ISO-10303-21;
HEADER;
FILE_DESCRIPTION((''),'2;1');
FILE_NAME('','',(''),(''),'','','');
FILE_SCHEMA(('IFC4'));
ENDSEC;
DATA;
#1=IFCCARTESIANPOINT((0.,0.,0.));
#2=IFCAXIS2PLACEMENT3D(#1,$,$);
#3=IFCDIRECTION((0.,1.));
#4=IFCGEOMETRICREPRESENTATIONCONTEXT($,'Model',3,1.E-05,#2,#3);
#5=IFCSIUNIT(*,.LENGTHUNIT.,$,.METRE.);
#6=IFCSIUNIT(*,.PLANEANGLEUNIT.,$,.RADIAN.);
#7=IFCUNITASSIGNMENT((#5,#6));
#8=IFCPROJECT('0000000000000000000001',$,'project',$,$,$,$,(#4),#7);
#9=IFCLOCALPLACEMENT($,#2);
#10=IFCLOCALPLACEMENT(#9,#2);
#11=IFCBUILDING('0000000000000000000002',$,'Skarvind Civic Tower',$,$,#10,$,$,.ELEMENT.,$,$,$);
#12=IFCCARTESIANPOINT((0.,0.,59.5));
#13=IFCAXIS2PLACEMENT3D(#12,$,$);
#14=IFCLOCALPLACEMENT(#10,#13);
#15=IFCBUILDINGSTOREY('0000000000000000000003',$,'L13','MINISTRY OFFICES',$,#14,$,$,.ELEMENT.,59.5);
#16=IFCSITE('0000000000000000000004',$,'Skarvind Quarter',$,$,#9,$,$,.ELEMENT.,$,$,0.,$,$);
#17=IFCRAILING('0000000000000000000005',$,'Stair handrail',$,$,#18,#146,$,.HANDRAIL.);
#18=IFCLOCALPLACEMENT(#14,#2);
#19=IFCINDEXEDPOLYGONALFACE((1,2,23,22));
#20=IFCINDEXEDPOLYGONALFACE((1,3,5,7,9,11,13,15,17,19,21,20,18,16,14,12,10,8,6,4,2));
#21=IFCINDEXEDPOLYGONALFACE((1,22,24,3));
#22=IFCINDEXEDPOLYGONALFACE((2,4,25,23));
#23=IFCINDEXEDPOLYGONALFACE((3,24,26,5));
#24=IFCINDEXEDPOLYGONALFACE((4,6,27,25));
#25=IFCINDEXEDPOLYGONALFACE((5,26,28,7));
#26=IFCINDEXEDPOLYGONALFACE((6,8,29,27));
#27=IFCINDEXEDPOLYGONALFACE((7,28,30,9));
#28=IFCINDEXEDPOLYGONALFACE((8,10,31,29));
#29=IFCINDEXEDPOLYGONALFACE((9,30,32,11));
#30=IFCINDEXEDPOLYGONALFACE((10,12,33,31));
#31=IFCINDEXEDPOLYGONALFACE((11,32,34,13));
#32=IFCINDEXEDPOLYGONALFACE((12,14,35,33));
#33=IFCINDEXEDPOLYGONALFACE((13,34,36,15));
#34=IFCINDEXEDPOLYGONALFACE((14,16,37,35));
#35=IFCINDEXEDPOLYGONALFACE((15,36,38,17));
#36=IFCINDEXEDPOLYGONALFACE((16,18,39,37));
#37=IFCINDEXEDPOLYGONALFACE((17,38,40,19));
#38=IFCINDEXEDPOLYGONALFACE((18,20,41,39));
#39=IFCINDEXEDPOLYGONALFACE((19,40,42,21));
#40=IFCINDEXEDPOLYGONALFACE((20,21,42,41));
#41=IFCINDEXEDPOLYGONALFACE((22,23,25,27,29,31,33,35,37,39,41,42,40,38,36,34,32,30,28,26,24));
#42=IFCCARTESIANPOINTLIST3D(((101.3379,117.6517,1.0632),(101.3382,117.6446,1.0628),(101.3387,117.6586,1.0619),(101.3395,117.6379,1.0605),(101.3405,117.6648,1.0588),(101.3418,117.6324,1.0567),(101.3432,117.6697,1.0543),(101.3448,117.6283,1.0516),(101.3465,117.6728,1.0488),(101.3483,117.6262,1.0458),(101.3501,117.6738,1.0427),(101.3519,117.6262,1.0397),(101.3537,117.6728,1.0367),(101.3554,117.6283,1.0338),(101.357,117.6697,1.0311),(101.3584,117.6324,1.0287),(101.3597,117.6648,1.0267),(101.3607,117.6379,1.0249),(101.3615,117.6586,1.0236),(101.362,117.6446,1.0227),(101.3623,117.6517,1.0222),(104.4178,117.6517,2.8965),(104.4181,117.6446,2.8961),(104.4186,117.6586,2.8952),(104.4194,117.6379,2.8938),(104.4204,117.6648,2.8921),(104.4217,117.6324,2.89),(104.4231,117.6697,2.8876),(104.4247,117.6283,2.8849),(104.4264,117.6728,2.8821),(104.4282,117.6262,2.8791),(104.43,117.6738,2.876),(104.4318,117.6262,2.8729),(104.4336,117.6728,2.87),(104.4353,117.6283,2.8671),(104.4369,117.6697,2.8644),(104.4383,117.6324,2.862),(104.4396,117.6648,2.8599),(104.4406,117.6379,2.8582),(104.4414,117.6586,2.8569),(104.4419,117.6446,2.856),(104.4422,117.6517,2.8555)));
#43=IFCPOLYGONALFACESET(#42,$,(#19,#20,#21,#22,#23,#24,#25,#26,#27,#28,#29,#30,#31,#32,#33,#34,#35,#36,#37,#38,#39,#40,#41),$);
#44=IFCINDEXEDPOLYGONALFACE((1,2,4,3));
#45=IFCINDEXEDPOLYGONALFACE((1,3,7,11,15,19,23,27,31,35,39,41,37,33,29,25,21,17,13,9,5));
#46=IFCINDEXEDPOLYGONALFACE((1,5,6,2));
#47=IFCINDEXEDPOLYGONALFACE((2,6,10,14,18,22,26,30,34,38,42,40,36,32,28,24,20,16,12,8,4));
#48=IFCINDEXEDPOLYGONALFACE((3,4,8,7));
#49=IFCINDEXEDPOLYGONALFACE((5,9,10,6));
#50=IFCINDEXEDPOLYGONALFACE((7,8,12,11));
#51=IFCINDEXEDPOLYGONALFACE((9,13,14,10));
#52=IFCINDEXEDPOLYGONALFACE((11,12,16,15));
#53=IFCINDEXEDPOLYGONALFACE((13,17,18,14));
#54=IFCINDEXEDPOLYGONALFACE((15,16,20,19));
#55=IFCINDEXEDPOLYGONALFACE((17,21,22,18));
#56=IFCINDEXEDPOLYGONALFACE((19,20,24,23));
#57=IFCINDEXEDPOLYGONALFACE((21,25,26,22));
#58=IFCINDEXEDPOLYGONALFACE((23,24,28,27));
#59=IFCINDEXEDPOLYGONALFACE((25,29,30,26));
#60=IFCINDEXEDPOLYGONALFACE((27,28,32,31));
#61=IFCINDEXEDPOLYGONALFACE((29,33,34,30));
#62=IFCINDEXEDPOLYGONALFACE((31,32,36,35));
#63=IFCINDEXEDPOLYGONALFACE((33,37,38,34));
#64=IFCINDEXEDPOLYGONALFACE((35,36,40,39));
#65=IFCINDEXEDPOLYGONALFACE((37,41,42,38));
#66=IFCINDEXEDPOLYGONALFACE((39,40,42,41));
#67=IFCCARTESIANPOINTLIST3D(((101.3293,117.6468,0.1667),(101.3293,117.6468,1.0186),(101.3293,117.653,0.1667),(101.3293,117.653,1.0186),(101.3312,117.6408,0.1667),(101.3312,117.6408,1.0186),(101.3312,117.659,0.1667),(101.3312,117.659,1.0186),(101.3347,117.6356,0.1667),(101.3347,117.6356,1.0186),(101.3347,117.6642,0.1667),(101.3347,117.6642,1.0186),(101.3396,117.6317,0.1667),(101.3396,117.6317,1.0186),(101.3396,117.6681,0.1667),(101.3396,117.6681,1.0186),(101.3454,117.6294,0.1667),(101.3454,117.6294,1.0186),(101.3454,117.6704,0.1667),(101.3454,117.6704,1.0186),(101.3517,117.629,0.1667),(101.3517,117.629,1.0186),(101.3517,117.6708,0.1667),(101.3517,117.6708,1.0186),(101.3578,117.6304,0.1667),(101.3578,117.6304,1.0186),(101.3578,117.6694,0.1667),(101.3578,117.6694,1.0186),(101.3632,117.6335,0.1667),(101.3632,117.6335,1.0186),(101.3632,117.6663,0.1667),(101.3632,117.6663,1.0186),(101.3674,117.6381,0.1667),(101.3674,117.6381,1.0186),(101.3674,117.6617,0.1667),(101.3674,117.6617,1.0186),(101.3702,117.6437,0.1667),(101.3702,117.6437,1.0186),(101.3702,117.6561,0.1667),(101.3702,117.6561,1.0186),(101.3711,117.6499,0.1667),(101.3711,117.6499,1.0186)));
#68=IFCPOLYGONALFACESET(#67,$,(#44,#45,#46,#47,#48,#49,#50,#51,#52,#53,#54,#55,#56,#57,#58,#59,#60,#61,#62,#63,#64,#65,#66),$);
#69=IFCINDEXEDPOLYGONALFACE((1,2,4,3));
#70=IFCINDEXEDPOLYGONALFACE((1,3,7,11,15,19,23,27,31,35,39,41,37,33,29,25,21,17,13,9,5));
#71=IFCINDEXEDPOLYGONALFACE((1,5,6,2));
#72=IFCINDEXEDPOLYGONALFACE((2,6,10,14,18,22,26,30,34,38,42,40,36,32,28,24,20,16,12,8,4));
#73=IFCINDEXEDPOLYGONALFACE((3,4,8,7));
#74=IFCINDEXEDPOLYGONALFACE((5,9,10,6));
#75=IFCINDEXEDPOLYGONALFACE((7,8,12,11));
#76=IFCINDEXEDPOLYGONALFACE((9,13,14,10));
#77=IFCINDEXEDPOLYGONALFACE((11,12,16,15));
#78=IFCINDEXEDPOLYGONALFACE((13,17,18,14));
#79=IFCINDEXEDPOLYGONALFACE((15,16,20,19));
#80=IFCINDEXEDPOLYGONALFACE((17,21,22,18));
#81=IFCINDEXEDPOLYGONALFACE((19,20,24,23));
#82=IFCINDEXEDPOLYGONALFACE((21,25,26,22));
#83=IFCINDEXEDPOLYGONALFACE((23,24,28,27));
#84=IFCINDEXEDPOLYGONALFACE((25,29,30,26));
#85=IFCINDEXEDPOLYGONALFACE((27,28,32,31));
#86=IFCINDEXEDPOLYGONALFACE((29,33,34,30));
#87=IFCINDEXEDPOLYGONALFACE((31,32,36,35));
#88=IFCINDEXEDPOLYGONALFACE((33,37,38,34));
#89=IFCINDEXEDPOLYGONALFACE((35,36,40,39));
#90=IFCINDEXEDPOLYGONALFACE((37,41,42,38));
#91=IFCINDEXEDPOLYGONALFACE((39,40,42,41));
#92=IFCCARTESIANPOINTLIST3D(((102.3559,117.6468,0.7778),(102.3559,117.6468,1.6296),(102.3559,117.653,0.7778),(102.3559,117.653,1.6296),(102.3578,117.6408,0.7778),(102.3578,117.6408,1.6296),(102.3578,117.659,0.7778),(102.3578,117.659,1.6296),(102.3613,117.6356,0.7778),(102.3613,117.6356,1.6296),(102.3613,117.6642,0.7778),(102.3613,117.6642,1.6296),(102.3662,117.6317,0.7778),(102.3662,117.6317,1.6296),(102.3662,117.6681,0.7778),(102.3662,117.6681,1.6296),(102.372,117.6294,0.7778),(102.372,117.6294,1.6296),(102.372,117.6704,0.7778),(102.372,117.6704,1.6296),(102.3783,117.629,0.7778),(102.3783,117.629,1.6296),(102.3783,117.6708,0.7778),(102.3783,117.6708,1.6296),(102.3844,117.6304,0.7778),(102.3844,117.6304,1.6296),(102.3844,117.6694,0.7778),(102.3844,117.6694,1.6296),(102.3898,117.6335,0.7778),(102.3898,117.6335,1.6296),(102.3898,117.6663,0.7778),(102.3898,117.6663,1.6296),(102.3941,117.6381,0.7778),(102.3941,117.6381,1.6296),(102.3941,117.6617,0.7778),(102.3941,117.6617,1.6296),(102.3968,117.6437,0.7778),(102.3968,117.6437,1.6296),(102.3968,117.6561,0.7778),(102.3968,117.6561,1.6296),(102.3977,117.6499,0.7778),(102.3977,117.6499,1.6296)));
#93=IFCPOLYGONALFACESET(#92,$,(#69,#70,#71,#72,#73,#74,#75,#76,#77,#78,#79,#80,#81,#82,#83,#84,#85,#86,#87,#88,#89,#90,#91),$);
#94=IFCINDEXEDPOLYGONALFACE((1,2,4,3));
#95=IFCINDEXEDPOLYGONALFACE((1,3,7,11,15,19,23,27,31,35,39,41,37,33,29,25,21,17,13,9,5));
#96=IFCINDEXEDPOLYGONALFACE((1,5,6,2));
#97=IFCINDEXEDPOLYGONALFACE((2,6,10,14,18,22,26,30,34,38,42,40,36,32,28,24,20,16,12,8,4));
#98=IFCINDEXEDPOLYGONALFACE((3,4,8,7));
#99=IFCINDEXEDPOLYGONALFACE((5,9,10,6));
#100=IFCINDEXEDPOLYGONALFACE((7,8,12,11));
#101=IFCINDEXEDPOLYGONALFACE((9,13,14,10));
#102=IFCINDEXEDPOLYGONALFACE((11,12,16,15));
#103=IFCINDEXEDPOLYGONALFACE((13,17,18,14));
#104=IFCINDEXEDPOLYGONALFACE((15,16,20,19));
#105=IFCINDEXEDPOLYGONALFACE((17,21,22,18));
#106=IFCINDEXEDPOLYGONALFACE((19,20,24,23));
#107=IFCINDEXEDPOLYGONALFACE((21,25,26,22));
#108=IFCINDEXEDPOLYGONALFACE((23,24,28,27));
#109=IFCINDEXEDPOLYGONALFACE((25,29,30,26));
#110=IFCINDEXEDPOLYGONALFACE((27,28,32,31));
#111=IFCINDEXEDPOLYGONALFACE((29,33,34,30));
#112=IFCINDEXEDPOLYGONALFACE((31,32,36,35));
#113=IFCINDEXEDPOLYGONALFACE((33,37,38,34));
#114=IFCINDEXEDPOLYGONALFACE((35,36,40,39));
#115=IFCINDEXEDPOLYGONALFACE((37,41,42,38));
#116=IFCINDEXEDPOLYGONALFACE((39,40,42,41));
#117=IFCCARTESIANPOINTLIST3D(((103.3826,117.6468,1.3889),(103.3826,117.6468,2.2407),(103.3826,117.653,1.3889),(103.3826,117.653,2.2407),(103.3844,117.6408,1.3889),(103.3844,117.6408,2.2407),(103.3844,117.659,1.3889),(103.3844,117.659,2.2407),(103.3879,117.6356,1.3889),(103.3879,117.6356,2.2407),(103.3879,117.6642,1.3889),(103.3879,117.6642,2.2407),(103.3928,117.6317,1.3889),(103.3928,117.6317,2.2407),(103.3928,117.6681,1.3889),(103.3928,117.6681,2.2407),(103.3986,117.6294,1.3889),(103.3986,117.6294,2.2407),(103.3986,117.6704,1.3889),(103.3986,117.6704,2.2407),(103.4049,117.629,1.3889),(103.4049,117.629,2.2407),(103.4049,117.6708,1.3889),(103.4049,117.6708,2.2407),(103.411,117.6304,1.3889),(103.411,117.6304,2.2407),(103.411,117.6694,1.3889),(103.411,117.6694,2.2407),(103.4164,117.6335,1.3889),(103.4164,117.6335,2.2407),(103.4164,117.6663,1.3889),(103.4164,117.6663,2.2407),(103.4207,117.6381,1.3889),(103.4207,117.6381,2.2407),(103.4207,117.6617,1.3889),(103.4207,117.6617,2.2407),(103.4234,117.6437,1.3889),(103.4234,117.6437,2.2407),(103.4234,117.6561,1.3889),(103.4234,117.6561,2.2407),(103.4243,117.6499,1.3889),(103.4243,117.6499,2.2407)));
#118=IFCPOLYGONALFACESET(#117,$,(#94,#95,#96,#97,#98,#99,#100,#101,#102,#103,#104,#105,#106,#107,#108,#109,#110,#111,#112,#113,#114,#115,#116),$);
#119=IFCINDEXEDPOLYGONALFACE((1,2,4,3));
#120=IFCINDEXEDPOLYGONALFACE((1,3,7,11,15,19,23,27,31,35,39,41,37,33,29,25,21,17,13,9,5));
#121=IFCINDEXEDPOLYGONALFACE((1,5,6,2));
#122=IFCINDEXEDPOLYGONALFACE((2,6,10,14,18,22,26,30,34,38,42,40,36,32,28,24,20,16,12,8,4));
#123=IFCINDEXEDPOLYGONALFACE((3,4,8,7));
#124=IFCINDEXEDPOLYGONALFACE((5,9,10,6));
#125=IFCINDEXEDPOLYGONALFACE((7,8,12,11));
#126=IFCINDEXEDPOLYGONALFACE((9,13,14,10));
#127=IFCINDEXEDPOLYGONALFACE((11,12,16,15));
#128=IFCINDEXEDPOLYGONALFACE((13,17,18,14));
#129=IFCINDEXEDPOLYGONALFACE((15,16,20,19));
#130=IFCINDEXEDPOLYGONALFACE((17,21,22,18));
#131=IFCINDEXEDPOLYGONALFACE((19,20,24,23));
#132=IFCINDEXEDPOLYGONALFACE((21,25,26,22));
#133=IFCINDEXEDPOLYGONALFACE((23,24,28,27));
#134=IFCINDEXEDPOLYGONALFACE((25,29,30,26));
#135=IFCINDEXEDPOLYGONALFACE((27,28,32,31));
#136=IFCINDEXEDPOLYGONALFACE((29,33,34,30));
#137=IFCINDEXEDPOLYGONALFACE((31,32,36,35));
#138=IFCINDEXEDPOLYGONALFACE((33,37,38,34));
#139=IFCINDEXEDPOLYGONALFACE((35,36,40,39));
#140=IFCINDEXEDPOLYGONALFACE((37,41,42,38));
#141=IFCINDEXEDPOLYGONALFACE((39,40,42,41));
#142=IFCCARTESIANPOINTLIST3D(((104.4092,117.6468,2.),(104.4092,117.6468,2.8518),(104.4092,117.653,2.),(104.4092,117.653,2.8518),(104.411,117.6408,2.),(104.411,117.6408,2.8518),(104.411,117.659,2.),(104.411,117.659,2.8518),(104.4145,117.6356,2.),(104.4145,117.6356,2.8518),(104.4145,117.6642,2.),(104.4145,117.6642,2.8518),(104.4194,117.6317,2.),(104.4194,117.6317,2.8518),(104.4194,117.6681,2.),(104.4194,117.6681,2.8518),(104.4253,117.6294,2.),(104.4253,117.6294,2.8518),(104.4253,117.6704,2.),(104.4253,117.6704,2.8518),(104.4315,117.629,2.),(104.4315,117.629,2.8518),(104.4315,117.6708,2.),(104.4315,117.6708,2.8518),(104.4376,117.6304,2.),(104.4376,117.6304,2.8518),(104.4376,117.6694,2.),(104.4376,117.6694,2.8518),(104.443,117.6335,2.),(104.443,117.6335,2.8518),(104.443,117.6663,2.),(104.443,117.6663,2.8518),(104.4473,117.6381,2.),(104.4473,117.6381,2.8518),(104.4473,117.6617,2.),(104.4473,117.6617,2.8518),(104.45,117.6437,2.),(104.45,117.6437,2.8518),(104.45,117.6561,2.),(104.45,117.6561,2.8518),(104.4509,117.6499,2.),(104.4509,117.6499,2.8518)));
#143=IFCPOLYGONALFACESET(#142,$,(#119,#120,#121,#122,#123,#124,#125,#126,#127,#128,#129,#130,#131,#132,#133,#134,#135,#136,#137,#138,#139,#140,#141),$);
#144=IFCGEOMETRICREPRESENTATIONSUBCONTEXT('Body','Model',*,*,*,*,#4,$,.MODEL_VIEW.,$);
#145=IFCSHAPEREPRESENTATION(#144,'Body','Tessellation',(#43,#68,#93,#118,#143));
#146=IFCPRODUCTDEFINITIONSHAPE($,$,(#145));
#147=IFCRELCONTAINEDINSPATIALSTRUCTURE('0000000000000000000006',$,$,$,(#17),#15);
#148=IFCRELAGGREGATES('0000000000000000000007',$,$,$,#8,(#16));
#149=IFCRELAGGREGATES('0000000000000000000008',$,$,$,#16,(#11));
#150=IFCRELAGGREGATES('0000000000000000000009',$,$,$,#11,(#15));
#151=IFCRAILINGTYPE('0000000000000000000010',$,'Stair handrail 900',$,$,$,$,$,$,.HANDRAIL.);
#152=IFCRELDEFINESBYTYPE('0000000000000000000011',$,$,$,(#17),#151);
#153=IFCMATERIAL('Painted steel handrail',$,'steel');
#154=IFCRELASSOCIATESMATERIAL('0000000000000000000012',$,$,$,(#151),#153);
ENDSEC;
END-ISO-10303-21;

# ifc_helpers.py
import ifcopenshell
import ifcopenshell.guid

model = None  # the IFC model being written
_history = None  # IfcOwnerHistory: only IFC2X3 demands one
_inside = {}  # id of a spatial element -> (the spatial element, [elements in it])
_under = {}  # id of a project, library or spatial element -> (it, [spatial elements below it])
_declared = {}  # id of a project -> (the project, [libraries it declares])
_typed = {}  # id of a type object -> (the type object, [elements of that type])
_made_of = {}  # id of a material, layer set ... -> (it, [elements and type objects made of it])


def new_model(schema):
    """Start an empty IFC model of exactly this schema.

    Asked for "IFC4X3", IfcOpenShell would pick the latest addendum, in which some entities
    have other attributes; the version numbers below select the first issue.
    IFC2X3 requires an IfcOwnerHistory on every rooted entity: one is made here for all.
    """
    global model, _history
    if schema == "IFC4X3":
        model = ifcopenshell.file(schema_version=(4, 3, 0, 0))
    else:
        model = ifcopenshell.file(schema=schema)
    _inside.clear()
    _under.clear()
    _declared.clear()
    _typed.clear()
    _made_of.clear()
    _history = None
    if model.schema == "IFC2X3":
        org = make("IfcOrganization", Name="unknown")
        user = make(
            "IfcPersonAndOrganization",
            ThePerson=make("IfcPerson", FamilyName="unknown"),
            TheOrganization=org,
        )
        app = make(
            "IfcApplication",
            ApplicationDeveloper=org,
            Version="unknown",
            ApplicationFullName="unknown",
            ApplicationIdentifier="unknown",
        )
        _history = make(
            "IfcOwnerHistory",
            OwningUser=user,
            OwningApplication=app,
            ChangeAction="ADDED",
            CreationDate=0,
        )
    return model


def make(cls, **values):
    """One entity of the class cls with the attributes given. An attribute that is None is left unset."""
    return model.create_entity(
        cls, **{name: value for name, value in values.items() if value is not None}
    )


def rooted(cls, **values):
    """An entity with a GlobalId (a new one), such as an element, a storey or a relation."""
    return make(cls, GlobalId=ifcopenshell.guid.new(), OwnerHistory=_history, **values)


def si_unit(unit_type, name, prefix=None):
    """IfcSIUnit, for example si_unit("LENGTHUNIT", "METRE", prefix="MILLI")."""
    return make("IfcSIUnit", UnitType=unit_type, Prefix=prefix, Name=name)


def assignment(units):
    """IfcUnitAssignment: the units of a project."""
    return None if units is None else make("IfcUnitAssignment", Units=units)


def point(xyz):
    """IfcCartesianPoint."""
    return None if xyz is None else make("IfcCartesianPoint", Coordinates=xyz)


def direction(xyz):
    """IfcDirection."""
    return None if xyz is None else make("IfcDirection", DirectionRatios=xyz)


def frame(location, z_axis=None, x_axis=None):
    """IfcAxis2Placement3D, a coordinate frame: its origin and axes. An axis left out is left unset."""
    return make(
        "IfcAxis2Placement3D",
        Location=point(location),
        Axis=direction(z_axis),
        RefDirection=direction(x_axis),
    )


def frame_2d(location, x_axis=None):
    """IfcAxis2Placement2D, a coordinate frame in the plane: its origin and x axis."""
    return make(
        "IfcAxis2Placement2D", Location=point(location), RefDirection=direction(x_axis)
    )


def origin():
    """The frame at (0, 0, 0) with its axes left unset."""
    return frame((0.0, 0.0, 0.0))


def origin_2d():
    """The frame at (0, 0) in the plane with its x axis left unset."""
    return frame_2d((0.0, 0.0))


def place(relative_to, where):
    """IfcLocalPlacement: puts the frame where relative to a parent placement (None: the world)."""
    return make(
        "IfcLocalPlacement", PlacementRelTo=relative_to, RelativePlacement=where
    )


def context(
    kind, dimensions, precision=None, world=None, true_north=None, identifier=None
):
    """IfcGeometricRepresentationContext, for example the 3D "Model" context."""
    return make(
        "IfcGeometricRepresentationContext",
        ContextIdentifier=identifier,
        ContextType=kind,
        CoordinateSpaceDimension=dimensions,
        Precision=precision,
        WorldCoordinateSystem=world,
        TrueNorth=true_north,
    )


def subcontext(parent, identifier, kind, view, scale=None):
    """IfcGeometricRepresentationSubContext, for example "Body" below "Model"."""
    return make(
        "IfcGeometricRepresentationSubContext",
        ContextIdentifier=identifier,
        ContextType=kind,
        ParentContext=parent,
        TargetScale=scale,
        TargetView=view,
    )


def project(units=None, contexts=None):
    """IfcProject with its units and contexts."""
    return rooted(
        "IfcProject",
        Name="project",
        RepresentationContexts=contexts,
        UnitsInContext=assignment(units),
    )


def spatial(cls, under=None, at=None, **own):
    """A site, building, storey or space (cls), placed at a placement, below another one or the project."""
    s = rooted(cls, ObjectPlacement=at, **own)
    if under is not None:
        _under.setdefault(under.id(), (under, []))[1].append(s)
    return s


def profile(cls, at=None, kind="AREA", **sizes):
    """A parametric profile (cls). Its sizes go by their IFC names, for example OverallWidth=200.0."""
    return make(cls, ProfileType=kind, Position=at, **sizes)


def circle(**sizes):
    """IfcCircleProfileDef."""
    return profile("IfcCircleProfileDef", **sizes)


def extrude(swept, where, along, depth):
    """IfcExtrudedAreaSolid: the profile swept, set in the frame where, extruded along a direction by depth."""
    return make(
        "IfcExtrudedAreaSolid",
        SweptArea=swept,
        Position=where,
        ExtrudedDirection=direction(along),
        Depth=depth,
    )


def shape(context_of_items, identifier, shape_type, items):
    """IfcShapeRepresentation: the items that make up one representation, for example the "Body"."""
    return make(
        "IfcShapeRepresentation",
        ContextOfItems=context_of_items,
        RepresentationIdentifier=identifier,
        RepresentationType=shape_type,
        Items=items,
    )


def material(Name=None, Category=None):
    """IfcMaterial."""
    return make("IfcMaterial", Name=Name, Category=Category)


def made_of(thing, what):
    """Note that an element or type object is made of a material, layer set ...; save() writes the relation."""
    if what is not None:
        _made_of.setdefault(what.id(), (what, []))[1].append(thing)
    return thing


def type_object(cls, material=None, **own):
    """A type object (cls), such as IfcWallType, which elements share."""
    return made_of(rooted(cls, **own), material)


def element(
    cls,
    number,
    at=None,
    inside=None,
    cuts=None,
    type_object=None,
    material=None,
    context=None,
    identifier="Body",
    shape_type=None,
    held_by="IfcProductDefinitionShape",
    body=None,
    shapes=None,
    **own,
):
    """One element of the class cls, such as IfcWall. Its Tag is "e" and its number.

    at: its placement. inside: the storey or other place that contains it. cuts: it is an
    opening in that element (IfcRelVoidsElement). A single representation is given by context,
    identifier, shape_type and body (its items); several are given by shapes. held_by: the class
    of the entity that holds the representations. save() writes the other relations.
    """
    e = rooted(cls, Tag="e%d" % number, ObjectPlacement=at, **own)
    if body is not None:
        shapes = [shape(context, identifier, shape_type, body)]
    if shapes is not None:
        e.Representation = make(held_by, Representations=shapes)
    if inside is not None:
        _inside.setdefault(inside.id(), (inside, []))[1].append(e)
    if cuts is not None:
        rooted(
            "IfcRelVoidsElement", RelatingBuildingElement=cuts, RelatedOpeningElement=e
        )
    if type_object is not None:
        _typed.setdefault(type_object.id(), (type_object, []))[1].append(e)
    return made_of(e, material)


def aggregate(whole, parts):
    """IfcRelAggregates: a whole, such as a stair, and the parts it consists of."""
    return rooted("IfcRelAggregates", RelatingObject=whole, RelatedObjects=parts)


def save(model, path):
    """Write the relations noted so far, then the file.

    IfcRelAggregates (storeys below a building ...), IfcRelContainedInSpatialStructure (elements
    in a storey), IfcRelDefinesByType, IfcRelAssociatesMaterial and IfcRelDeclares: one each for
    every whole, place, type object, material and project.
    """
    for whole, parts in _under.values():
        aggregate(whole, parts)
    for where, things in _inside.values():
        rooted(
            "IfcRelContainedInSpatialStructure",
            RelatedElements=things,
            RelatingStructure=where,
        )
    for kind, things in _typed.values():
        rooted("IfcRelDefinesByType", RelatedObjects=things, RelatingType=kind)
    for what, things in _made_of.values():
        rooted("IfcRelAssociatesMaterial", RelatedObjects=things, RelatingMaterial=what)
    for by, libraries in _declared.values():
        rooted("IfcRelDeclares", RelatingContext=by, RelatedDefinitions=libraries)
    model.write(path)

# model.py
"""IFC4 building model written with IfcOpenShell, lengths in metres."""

from ifc_helpers import new_model, si_unit, direction, frame, origin, origin_2d, place, context, subcontext, project, spatial, circle, extrude, material, type_object, element, save


model = new_model("IFC4")

# Units and contexts
model_context = context("Model", 3, precision=1e-05, world=origin(), true_north=direction((0.0, 1.0)))
body_context = subcontext(model_context, "Body", "Model", "MODEL_VIEW")
ifc_project = project(units=[si_unit("LENGTHUNIT", "METRE"), si_unit("PLANEANGLEUNIT", "RADIAN")], contexts=[model_context])

# Site, building, storey
site_placement = place(None, origin())
site = spatial("IfcSite", under=ifc_project, at=site_placement, Name="Skarvind Quarter", CompositionType="ELEMENT", RefElevation=0.0)
building_placement = place(site_placement, origin())
building = spatial("IfcBuilding", under=site, at=building_placement, Name="Skarvind Civic Tower", CompositionType="ELEMENT")
storey_placement = place(building_placement, frame((0.0, 0.0, 59.5)))
storey = spatial("IfcBuildingStorey", under=building, at=storey_placement, Name="L13", Description="MINISTRY OFFICES", CompositionType="ELEMENT", Elevation=59.5)

# Railing
ifc_material_1 = material(Name="Painted steel handrail", Category="steel")
railing_type = type_object("IfcRailingType", Name="Stair handrail 900", PredefinedType="HANDRAIL", material=ifc_material_1)
railing_1_placement = place(storey_placement, frame((101.3501, 117.6499, 0.1667)))
element("IfcRailing", 1, at=railing_1_placement, inside=storey, type_object=railing_type, Name="Stair handrail", PredefinedType="HANDRAIL", context=body_context, shape_type="SweptSolid", body=[
    extrude(circle(Radius=0.0239, at=origin_2d()), frame((0.0, 0.0, 0.876), z_axis=(0.859291, 0.0, 0.511487), x_axis=(0.0, 1.0, 0.0)), (0.0, 0.0, 1.0), 3.5842),
    extrude(circle(Radius=0.021, at=origin_2d()), origin(), (0.0, 0.0, 1.0), 0.8518),
    extrude(circle(Radius=0.021, at=origin_2d()), frame((1.0266, 0.0, 0.6111)), (0.0, 0.0, 1.0), 0.8518),
    extrude(circle(Radius=0.021, at=origin_2d()), frame((2.0532, 0.0, 1.2222)), (0.0, 0.0, 1.0), 0.8518),
    extrude(circle(Radius=0.021, at=origin_2d()), frame((3.0798, 0.0, 1.8333)), (0.0, 0.0, 1.0), 0.8518),
])

save(model, "model.ifc")
